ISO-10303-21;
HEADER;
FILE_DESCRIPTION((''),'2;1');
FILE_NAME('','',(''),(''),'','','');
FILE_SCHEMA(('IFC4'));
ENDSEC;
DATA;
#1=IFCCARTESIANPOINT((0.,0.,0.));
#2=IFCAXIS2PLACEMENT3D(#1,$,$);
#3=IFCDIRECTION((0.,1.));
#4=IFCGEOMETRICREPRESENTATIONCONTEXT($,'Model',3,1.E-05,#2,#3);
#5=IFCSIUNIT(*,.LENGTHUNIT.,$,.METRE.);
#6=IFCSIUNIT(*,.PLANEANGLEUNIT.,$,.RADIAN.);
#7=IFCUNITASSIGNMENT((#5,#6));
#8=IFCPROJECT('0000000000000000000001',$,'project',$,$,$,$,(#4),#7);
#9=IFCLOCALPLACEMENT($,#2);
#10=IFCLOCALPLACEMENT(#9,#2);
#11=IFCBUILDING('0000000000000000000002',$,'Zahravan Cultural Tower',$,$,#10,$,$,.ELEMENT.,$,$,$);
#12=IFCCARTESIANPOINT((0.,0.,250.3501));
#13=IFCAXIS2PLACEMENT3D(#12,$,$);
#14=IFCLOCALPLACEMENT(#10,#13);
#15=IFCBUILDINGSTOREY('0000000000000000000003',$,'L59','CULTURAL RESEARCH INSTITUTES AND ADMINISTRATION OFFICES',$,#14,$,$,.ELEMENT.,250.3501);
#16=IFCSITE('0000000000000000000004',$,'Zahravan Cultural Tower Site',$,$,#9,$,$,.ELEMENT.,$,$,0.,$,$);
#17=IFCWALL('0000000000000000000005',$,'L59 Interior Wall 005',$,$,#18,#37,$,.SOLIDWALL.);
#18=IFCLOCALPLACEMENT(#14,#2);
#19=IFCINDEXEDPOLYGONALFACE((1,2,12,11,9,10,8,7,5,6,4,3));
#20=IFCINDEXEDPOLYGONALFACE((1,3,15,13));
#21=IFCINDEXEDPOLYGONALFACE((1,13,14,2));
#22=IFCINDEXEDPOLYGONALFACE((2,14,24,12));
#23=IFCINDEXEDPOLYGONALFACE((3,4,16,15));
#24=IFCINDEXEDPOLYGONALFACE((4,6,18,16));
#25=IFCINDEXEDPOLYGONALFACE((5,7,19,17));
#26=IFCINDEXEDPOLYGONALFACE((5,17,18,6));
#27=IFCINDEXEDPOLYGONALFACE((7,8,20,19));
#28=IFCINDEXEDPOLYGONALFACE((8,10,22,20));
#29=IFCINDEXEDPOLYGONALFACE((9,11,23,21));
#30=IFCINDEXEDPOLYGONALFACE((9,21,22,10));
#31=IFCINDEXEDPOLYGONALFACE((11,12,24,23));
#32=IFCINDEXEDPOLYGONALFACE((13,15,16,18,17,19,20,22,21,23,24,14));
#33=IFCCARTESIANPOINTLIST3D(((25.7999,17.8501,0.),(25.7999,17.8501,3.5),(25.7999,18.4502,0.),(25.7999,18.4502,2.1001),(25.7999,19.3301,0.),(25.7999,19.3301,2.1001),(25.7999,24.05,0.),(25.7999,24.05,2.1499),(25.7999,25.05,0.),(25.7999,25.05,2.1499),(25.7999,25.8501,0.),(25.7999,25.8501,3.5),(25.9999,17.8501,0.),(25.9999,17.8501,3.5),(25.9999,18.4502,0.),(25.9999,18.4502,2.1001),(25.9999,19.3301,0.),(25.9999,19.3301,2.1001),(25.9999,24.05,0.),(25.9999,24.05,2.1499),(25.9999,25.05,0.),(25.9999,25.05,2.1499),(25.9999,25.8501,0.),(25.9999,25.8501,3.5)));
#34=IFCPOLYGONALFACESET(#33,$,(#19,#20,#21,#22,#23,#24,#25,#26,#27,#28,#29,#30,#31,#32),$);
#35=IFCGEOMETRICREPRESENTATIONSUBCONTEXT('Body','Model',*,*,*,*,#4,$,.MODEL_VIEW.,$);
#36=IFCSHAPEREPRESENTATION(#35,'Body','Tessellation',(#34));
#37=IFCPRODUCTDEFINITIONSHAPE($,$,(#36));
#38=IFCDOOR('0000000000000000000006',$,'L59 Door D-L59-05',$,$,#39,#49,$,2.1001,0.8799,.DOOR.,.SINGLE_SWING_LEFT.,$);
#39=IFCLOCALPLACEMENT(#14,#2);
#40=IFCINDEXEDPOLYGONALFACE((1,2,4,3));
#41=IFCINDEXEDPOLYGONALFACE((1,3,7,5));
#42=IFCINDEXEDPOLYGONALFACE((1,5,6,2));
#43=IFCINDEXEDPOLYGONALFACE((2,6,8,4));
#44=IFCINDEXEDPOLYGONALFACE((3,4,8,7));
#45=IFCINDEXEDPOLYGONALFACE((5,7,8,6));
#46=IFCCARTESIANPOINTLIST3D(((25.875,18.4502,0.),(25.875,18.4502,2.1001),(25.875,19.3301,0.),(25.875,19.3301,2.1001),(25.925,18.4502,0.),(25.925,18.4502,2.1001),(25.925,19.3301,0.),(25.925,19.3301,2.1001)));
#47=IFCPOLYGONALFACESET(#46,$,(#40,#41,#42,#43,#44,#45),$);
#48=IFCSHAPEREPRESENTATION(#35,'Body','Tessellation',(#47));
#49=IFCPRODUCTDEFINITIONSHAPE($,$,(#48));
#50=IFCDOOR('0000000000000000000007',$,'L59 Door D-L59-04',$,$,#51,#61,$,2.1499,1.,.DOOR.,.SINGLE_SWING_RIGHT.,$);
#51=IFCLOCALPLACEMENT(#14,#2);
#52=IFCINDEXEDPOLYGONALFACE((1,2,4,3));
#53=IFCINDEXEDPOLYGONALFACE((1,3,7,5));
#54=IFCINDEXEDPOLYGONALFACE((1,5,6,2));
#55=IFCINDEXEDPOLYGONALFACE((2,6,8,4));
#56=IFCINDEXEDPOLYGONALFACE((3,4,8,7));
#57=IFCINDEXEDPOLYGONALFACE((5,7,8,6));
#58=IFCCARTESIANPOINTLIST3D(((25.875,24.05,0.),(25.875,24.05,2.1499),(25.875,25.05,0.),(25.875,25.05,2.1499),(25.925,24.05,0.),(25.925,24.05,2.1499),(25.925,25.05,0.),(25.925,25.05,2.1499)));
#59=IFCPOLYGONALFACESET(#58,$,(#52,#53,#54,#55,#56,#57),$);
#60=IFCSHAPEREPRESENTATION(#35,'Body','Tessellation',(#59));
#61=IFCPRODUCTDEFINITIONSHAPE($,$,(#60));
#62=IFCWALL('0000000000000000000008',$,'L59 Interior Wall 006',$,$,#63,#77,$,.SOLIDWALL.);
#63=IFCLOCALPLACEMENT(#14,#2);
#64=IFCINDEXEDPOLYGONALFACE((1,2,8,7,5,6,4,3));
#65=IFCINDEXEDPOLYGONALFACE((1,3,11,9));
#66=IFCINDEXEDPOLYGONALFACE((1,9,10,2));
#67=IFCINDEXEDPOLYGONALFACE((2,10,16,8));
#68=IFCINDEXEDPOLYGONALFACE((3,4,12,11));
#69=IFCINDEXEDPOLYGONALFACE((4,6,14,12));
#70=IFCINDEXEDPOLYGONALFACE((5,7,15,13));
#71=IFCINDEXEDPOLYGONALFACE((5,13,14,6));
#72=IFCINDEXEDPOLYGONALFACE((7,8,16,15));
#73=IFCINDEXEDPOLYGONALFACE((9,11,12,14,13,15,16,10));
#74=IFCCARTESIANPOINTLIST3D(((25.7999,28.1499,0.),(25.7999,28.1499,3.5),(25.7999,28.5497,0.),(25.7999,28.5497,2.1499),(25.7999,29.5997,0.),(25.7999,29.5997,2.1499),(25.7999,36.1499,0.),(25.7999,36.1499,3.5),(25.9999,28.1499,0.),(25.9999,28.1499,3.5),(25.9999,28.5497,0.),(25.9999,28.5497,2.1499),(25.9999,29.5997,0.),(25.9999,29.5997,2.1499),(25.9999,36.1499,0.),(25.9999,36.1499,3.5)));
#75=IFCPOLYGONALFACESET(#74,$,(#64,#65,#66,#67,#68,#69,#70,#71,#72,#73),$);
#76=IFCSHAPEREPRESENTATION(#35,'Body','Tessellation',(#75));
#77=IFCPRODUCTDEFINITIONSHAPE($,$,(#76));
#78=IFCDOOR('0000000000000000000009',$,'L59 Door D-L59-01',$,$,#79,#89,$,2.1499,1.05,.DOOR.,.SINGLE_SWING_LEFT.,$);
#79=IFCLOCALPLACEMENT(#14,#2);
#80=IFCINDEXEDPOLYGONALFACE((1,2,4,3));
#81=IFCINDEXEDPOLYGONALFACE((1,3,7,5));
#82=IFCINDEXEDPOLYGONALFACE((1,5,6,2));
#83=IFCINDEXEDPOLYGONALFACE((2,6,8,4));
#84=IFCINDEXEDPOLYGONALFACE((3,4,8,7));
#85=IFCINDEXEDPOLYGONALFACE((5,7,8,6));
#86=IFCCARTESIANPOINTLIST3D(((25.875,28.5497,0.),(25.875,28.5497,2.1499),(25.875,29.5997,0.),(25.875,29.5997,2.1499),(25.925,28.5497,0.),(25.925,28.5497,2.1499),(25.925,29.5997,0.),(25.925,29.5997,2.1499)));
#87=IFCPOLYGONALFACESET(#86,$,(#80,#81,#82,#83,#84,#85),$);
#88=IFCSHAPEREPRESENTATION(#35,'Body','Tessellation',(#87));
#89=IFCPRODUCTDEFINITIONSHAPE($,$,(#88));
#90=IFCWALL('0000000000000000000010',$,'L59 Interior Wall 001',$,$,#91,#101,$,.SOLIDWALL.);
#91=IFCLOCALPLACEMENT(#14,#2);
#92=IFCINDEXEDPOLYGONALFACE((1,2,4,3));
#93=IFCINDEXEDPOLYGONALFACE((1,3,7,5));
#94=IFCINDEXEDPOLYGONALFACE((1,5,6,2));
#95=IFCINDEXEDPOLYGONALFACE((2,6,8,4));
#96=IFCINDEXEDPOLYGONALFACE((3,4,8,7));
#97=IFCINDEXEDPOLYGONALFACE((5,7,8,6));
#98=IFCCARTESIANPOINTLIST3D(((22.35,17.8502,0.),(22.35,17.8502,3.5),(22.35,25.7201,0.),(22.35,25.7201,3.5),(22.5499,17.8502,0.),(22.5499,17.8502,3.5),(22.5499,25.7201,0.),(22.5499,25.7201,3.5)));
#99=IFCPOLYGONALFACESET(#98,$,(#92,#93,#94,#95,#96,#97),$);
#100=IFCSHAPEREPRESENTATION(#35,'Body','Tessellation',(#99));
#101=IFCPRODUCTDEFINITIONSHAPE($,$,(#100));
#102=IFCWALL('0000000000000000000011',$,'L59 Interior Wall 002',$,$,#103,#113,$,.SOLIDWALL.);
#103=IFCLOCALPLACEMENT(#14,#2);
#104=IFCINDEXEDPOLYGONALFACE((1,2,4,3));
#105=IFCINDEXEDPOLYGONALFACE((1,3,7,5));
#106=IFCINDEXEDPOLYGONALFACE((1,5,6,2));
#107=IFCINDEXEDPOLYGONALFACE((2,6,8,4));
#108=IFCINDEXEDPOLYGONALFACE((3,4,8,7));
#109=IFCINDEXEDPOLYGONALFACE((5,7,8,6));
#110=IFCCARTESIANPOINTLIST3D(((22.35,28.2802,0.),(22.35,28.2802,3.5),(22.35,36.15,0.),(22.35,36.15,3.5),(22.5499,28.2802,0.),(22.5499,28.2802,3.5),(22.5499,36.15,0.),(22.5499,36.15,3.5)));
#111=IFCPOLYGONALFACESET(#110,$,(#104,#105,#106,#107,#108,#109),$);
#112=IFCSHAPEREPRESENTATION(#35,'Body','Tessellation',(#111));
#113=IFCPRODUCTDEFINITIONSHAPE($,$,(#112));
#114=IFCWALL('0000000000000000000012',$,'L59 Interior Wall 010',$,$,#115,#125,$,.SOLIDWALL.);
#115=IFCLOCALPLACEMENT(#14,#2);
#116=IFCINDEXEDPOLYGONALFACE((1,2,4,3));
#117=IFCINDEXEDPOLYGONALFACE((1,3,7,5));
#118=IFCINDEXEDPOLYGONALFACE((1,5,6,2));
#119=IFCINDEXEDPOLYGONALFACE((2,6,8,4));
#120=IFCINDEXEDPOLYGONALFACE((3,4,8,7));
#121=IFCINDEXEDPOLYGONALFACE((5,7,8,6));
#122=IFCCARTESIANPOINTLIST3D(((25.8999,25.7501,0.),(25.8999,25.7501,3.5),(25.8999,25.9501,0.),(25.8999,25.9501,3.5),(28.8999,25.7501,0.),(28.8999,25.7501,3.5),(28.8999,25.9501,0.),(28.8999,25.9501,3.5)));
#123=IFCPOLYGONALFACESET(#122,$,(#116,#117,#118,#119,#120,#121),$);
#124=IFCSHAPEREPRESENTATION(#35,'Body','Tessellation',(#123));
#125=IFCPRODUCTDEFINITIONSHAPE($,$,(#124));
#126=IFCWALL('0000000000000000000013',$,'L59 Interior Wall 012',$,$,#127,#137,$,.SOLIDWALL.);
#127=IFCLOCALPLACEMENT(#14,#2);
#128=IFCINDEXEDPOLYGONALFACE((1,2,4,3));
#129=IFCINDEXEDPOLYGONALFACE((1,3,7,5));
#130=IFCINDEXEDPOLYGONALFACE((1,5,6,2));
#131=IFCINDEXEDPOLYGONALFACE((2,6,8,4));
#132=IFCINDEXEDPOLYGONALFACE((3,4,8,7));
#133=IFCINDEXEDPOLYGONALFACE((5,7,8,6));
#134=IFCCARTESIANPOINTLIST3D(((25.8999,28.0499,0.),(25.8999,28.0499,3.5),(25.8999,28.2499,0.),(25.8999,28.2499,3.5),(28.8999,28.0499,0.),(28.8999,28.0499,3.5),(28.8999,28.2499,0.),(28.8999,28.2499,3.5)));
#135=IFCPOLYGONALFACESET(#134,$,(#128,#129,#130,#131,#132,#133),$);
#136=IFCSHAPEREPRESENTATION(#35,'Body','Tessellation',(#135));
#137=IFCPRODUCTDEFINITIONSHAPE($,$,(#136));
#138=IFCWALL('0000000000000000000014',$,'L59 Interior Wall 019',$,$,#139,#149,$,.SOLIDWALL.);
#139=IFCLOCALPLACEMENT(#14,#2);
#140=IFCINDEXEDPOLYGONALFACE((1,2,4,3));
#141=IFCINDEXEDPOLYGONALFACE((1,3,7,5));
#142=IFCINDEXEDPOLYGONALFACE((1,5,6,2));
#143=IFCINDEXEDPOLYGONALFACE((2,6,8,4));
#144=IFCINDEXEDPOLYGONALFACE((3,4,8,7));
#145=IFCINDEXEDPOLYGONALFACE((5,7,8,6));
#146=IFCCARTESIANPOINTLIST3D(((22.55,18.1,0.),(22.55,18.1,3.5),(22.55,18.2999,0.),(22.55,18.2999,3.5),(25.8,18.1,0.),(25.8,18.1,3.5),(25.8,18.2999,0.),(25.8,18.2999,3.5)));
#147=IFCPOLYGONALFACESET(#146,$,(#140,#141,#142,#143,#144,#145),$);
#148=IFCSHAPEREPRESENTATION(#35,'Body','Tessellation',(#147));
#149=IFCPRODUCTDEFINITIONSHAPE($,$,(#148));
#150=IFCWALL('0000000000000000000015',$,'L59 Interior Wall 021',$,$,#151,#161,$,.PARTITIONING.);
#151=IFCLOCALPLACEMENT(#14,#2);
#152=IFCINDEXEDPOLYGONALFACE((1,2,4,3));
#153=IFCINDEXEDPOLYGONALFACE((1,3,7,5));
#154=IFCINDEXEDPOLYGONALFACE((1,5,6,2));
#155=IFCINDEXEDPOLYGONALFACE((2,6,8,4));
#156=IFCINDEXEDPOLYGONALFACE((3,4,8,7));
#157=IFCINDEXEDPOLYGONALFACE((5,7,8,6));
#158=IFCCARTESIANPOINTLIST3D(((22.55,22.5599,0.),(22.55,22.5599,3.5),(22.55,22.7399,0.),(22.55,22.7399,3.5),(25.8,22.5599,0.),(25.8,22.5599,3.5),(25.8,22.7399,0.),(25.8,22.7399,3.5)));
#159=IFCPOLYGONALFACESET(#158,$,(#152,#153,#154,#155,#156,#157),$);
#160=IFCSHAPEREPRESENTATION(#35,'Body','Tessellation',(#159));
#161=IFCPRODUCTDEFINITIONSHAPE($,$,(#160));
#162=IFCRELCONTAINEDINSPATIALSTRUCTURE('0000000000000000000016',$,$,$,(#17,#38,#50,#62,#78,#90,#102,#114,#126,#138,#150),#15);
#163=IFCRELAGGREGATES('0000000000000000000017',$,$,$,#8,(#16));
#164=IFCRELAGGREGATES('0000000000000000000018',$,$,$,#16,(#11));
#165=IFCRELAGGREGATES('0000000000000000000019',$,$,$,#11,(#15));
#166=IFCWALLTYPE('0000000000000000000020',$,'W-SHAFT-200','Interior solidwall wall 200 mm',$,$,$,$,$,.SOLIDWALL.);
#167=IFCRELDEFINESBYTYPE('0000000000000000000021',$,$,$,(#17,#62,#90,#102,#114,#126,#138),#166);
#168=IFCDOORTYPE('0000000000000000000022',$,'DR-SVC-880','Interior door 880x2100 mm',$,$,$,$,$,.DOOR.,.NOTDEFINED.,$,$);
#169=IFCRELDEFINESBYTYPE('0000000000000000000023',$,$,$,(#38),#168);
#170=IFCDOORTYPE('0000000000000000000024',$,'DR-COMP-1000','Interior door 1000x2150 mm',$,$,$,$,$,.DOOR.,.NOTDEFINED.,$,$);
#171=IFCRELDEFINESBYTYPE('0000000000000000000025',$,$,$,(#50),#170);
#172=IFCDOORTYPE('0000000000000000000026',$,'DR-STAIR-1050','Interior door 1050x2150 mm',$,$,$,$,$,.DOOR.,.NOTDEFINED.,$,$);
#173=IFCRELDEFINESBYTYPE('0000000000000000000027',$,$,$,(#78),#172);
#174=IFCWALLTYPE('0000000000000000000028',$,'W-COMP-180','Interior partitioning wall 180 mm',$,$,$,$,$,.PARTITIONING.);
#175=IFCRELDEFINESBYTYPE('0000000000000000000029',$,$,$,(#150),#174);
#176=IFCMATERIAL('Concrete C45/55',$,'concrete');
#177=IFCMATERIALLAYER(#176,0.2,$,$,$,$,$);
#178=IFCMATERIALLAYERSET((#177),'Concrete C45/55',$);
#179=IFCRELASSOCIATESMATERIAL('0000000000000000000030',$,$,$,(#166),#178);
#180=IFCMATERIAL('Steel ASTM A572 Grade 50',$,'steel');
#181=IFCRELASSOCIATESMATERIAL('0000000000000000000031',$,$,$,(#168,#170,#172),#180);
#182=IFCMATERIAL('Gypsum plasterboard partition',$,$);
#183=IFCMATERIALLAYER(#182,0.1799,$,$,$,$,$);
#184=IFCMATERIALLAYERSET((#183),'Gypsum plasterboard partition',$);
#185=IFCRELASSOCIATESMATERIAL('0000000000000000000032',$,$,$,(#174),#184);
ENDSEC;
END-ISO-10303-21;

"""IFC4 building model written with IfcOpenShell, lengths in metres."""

from ifc_helpers import new_model, si_unit, direction, frame, frame_2d, origin, place, context, subcontext, project, spatial, rectangle, extrude, source, transform, mapped, material, layer, layer_set, type_object, element, fill, save


model = new_model("IFC4")

# Units and contexts
model_context = context("Model", 3, precision=1e-05, world=origin(), true_north=direction((0.0, 1.0)))
body_context = subcontext(model_context, "Body", "Model", "MODEL_VIEW")
ifc_project = project(units=[si_unit("LENGTHUNIT", "METRE"), si_unit("PLANEANGLEUNIT", "RADIAN")], contexts=[model_context])

# Site, building, storey
site_placement = place(None, origin())
site = spatial("IfcSite", under=ifc_project, at=site_placement, Name="Zahravan Cultural Tower Site", CompositionType="ELEMENT", RefElevation=0.0)
building_placement = place(site_placement, origin())
building = spatial("IfcBuilding", under=site, at=building_placement, Name="Zahravan Cultural Tower", CompositionType="ELEMENT")
storey_placement = place(building_placement, frame((0.0, 0.0, 250.3501)))
storey = spatial("IfcBuildingStorey", under=building, at=storey_placement, Name="L59", Description="CULTURAL RESEARCH INSTITUTES AND ADMINISTRATION OFFICES", CompositionType="ELEMENT", Elevation=250.3501)

# Shared definitions
ifc_material_1 = material(Name="Steel ASTM A572 Grade 50", Category="steel")
ifc_material_2 = material(Name="Gypsum plasterboard partition")

# Wall, openings, doors
ifc_material_3 = material(Name="Concrete C45/55", Category="concrete")
ifc_layer_1 = layer(ifc_material_3, 0.2)
ifc_layer_set_1 = layer_set([ifc_layer_1], Name="Concrete C45/55")
wall_type_1 = type_object("IfcWallType", Name="W-SHAFT-200", Description="Interior solidwall wall 200 mm", PredefinedType="SOLIDWALL", material=ifc_layer_set_1)
wall_1_placement = place(storey_placement, frame((25.8999, 17.8501, 0.0), z_axis=(0.0, 0.0, 1.0), x_axis=(0.0, 1.0, 0.0)))
wall_1 = element("IfcWall", 1, at=wall_1_placement, inside=storey, type_object=wall_type_1, Name="L59 Interior Wall 005", PredefinedType="SOLIDWALL", context=body_context, shape_type="SweptSolid", body=[
    extrude(rectangle(XDim=8.0, YDim=0.2, at=frame_2d((4.0, 0.0))), origin(), (0.0, 0.0, 1.0), 3.5),
])
opening_1_placement = place(wall_1_placement, frame((6.2, 0.0, 0.0)))
opening_1 = element("IfcOpeningElement", 2, at=opening_1_placement, cuts=wall_1, PredefinedType="OPENING", context=body_context, shape_type="SweptSolid", body=[
    extrude(rectangle(XDim=1.0, YDim=2.1499, at=frame_2d((0.5, 1.075))), frame((0.0, 0.1099, 0.0), z_axis=(0.0, -1.0, 0.0), x_axis=(1.0, 0.0, 0.0)), (0.0, 0.0, 1.0), 0.22),
])
opening_2_placement = place(wall_1_placement, frame((0.6001, 0.0, 0.0)))
opening_2 = element("IfcOpeningElement", 3, at=opening_2_placement, cuts=wall_1, PredefinedType="OPENING", context=body_context, shape_type="SweptSolid", body=[
    extrude(rectangle(XDim=0.8799, YDim=2.1001, at=frame_2d((0.4399, 1.05))), frame((0.0, 0.1099, 0.0), z_axis=(0.0, -1.0, 0.0), x_axis=(1.0, 0.0, 0.0)), (0.0, 0.0, 1.0), 0.22),
])
door_type_1 = type_object("IfcDoorType", Name="DR-SVC-880", Description="Interior door 880x2100 mm", OperationType="NOTDEFINED", PredefinedType="DOOR", material=ifc_material_1)
shared_shape_1 = source(origin(), body_context, "Body", "SweptSolid", [
    extrude(rectangle(XDim=0.8799, YDim=2.1001, at=frame_2d((0.4399, 1.05))), frame((0.0, 0.0249, 0.0), z_axis=(0.0, -1.0, 0.0), x_axis=(1.0, 0.0, 0.0)), (0.0, 0.0, 1.0), 0.05),
])
door_1_placement = place(opening_2_placement, origin())
door_1 = element("IfcDoor", 4, at=door_1_placement, inside=storey, type_object=door_type_1, Name="L59 Door D-L59-05", OperationType="SINGLE_SWING_LEFT", OverallHeight=2.1001, OverallWidth=0.8799, PredefinedType="DOOR", context=body_context, shape_type="MappedRepresentation", body=[
    mapped(shared_shape_1, transform((0.0, 0.0, 0.0), x_axis=(1.0, 0.0, 0.0), y_axis=(0.0, 1.0, 0.0), z_axis=(0.0, 0.0, 1.0), scale=1.0)),
])
fill(opening_2, door_1)
door_type_2 = type_object("IfcDoorType", Name="DR-COMP-1000", Description="Interior door 1000x2150 mm", OperationType="NOTDEFINED", PredefinedType="DOOR", material=ifc_material_1)
shared_shape_2 = source(origin(), body_context, "Body", "SweptSolid", [
    extrude(rectangle(XDim=1.0, YDim=2.1499, at=frame_2d((0.5, 1.075))), frame((0.0, 0.0249, 0.0), z_axis=(0.0, -1.0, 0.0), x_axis=(1.0, 0.0, 0.0)), (0.0, 0.0, 1.0), 0.05),
])
door_2_placement = place(opening_1_placement, origin())
door_2 = element("IfcDoor", 5, at=door_2_placement, inside=storey, type_object=door_type_2, Name="L59 Door D-L59-04", OperationType="SINGLE_SWING_RIGHT", OverallHeight=2.1499, OverallWidth=1.0, PredefinedType="DOOR", context=body_context, shape_type="MappedRepresentation", body=[
    mapped(shared_shape_2, transform((0.0, 0.0, 0.0), x_axis=(1.0, 0.0, 0.0), y_axis=(0.0, 1.0, 0.0), z_axis=(0.0, 0.0, 1.0), scale=1.0)),
])
fill(opening_1, door_2)

# Wall, opening, door
wall_2_placement = place(storey_placement, frame((25.8999, 28.1499, 0.0), z_axis=(0.0, 0.0, 1.0), x_axis=(0.0, 1.0, 0.0)))
wall_2 = element("IfcWall", 6, at=wall_2_placement, inside=storey, type_object=wall_type_1, Name="L59 Interior Wall 006", PredefinedType="SOLIDWALL", context=body_context, shape_type="SweptSolid", body=[
    extrude(rectangle(XDim=8.0, YDim=0.2, at=frame_2d((4.0, 0.0))), origin(), (0.0, 0.0, 1.0), 3.5),
])
opening_3_placement = place(wall_2_placement, frame((0.3999, 0.0, 0.0)))
opening_3 = element("IfcOpeningElement", 7, at=opening_3_placement, cuts=wall_2, PredefinedType="OPENING", context=body_context, shape_type="SweptSolid", body=[
    extrude(rectangle(XDim=1.05, YDim=2.1499, at=frame_2d((0.5249, 1.075))), frame((0.0, 0.1099, 0.0), z_axis=(0.0, -1.0, 0.0), x_axis=(1.0, 0.0, 0.0)), (0.0, 0.0, 1.0), 0.22),
])
door_type_3 = type_object("IfcDoorType", Name="DR-STAIR-1050", Description="Interior door 1050x2150 mm", OperationType="NOTDEFINED", PredefinedType="DOOR", material=ifc_material_1)
shared_shape_3 = source(origin(), body_context, "Body", "SweptSolid", [
    extrude(rectangle(XDim=1.05, YDim=2.1499, at=frame_2d((0.5249, 1.075))), frame((0.0, 0.0249, 0.0), z_axis=(0.0, -1.0, 0.0), x_axis=(1.0, 0.0, 0.0)), (0.0, 0.0, 1.0), 0.05),
])
door_3_placement = place(opening_3_placement, origin())
door_3 = element("IfcDoor", 8, at=door_3_placement, inside=storey, type_object=door_type_3, Name="L59 Door D-L59-01", OperationType="SINGLE_SWING_LEFT", OverallHeight=2.1499, OverallWidth=1.05, PredefinedType="DOOR", context=body_context, shape_type="MappedRepresentation", body=[
    mapped(shared_shape_3, transform((0.0, 0.0, 0.0), x_axis=(1.0, 0.0, 0.0), y_axis=(0.0, 1.0, 0.0), z_axis=(0.0, 0.0, 1.0), scale=1.0)),
])
fill(opening_3, door_3)

# Walls
shared_shape_4 = source(origin(), body_context, "Body", "SweptSolid", [
    extrude(rectangle(XDim=7.8699, YDim=0.2, at=frame_2d((3.9351, 0.0))), origin(), (0.0, 0.0, 1.0), 3.5),
])
for number, where, z_axis, x_axis, name in (
    (9, (22.45, 17.8501, 0.0), (0.0, 0.0, 1.0), (0.0, 1.0, 0.0), "L59 Interior Wall 001"),
    (10, (22.45, 28.28, 0.0), (0.0, 0.0, 1.0), (0.0, 1.0, 0.0), "L59 Interior Wall 002"),
):
    element("IfcWall", number, at=place(storey_placement, frame(where, z_axis=z_axis, x_axis=x_axis)), inside=storey, type_object=wall_type_1, Name=name, PredefinedType="SOLIDWALL", context=body_context, shape_type="MappedRepresentation", body=[
        mapped(shared_shape_4, transform((0.0, 0.0, 0.0), x_axis=(1.0, 0.0, 0.0), y_axis=(0.0, 1.0, 0.0), z_axis=(0.0, 0.0, 1.0), scale=1.0)),
    ])
shared_shape_5 = source(origin(), body_context, "Body", "SweptSolid", [
    extrude(rectangle(XDim=3.0, YDim=0.2, at=frame_2d((1.5, 0.0))), origin(), (0.0, 0.0, 1.0), 3.5),
])
for number, where, z_axis, x_axis, name in (
    (11, (25.8999, 25.8501, 0.0), (0.0, 0.0, 1.0), (1.0, 0.0, 0.0), "L59 Interior Wall 010"),
    (12, (25.8999, 28.1499, 0.0), (0.0, 0.0, 1.0), (1.0, 0.0, 0.0), "L59 Interior Wall 012"),
):
    element("IfcWall", number, at=place(storey_placement, frame(where, z_axis=z_axis, x_axis=x_axis)), inside=storey, type_object=wall_type_1, Name=name, PredefinedType="SOLIDWALL", context=body_context, shape_type="MappedRepresentation", body=[
        mapped(shared_shape_5, transform((0.0, 0.0, 0.0), x_axis=(1.0, 0.0, 0.0), y_axis=(0.0, 1.0, 0.0), z_axis=(0.0, 0.0, 1.0), scale=1.0)),
    ])
shared_shape_6 = source(origin(), body_context, "Body", "SweptSolid", [
    extrude(rectangle(XDim=3.25, YDim=0.2, at=frame_2d((1.625, 0.0))), origin(), (0.0, 0.0, 1.0), 3.5),
])
wall_3_placement = place(storey_placement, frame((22.55, 18.2, 0.0), z_axis=(0.0, 0.0, 1.0), x_axis=(1.0, 0.0, 0.0)))
element("IfcWall", 13, at=wall_3_placement, inside=storey, type_object=wall_type_1, Name="L59 Interior Wall 019", PredefinedType="SOLIDWALL", context=body_context, shape_type="MappedRepresentation", body=[
    mapped(shared_shape_6, transform((0.0, 0.0, 0.0), x_axis=(1.0, 0.0, 0.0), y_axis=(0.0, 1.0, 0.0), z_axis=(0.0, 0.0, 1.0), scale=1.0)),
])
ifc_layer_2 = layer(ifc_material_2, 0.1799)
ifc_layer_set_2 = layer_set([ifc_layer_2], Name="Gypsum plasterboard partition")
wall_type_2 = type_object("IfcWallType", Name="W-COMP-180", Description="Interior partitioning wall 180 mm", PredefinedType="PARTITIONING", material=ifc_layer_set_2)
shared_shape_7 = source(origin(), body_context, "Body", "SweptSolid", [
    extrude(rectangle(XDim=3.25, YDim=0.1799, at=frame_2d((1.625, 0.0))), origin(), (0.0, 0.0, 1.0), 3.5),
])
wall_4_placement = place(storey_placement, frame((22.55, 22.6499, 0.0), z_axis=(0.0, 0.0, 1.0), x_axis=(1.0, 0.0, 0.0)))
element("IfcWall", 14, at=wall_4_placement, inside=storey, type_object=wall_type_2, Name="L59 Interior Wall 021", PredefinedType="PARTITIONING", context=body_context, shape_type="MappedRepresentation", body=[
    mapped(shared_shape_7, transform((0.0, 0.0, 0.0), x_axis=(1.0, 0.0, 0.0), y_axis=(0.0, 1.0, 0.0), z_axis=(0.0, 0.0, 1.0), scale=1.0)),
])

save(model, "model.ifc")
